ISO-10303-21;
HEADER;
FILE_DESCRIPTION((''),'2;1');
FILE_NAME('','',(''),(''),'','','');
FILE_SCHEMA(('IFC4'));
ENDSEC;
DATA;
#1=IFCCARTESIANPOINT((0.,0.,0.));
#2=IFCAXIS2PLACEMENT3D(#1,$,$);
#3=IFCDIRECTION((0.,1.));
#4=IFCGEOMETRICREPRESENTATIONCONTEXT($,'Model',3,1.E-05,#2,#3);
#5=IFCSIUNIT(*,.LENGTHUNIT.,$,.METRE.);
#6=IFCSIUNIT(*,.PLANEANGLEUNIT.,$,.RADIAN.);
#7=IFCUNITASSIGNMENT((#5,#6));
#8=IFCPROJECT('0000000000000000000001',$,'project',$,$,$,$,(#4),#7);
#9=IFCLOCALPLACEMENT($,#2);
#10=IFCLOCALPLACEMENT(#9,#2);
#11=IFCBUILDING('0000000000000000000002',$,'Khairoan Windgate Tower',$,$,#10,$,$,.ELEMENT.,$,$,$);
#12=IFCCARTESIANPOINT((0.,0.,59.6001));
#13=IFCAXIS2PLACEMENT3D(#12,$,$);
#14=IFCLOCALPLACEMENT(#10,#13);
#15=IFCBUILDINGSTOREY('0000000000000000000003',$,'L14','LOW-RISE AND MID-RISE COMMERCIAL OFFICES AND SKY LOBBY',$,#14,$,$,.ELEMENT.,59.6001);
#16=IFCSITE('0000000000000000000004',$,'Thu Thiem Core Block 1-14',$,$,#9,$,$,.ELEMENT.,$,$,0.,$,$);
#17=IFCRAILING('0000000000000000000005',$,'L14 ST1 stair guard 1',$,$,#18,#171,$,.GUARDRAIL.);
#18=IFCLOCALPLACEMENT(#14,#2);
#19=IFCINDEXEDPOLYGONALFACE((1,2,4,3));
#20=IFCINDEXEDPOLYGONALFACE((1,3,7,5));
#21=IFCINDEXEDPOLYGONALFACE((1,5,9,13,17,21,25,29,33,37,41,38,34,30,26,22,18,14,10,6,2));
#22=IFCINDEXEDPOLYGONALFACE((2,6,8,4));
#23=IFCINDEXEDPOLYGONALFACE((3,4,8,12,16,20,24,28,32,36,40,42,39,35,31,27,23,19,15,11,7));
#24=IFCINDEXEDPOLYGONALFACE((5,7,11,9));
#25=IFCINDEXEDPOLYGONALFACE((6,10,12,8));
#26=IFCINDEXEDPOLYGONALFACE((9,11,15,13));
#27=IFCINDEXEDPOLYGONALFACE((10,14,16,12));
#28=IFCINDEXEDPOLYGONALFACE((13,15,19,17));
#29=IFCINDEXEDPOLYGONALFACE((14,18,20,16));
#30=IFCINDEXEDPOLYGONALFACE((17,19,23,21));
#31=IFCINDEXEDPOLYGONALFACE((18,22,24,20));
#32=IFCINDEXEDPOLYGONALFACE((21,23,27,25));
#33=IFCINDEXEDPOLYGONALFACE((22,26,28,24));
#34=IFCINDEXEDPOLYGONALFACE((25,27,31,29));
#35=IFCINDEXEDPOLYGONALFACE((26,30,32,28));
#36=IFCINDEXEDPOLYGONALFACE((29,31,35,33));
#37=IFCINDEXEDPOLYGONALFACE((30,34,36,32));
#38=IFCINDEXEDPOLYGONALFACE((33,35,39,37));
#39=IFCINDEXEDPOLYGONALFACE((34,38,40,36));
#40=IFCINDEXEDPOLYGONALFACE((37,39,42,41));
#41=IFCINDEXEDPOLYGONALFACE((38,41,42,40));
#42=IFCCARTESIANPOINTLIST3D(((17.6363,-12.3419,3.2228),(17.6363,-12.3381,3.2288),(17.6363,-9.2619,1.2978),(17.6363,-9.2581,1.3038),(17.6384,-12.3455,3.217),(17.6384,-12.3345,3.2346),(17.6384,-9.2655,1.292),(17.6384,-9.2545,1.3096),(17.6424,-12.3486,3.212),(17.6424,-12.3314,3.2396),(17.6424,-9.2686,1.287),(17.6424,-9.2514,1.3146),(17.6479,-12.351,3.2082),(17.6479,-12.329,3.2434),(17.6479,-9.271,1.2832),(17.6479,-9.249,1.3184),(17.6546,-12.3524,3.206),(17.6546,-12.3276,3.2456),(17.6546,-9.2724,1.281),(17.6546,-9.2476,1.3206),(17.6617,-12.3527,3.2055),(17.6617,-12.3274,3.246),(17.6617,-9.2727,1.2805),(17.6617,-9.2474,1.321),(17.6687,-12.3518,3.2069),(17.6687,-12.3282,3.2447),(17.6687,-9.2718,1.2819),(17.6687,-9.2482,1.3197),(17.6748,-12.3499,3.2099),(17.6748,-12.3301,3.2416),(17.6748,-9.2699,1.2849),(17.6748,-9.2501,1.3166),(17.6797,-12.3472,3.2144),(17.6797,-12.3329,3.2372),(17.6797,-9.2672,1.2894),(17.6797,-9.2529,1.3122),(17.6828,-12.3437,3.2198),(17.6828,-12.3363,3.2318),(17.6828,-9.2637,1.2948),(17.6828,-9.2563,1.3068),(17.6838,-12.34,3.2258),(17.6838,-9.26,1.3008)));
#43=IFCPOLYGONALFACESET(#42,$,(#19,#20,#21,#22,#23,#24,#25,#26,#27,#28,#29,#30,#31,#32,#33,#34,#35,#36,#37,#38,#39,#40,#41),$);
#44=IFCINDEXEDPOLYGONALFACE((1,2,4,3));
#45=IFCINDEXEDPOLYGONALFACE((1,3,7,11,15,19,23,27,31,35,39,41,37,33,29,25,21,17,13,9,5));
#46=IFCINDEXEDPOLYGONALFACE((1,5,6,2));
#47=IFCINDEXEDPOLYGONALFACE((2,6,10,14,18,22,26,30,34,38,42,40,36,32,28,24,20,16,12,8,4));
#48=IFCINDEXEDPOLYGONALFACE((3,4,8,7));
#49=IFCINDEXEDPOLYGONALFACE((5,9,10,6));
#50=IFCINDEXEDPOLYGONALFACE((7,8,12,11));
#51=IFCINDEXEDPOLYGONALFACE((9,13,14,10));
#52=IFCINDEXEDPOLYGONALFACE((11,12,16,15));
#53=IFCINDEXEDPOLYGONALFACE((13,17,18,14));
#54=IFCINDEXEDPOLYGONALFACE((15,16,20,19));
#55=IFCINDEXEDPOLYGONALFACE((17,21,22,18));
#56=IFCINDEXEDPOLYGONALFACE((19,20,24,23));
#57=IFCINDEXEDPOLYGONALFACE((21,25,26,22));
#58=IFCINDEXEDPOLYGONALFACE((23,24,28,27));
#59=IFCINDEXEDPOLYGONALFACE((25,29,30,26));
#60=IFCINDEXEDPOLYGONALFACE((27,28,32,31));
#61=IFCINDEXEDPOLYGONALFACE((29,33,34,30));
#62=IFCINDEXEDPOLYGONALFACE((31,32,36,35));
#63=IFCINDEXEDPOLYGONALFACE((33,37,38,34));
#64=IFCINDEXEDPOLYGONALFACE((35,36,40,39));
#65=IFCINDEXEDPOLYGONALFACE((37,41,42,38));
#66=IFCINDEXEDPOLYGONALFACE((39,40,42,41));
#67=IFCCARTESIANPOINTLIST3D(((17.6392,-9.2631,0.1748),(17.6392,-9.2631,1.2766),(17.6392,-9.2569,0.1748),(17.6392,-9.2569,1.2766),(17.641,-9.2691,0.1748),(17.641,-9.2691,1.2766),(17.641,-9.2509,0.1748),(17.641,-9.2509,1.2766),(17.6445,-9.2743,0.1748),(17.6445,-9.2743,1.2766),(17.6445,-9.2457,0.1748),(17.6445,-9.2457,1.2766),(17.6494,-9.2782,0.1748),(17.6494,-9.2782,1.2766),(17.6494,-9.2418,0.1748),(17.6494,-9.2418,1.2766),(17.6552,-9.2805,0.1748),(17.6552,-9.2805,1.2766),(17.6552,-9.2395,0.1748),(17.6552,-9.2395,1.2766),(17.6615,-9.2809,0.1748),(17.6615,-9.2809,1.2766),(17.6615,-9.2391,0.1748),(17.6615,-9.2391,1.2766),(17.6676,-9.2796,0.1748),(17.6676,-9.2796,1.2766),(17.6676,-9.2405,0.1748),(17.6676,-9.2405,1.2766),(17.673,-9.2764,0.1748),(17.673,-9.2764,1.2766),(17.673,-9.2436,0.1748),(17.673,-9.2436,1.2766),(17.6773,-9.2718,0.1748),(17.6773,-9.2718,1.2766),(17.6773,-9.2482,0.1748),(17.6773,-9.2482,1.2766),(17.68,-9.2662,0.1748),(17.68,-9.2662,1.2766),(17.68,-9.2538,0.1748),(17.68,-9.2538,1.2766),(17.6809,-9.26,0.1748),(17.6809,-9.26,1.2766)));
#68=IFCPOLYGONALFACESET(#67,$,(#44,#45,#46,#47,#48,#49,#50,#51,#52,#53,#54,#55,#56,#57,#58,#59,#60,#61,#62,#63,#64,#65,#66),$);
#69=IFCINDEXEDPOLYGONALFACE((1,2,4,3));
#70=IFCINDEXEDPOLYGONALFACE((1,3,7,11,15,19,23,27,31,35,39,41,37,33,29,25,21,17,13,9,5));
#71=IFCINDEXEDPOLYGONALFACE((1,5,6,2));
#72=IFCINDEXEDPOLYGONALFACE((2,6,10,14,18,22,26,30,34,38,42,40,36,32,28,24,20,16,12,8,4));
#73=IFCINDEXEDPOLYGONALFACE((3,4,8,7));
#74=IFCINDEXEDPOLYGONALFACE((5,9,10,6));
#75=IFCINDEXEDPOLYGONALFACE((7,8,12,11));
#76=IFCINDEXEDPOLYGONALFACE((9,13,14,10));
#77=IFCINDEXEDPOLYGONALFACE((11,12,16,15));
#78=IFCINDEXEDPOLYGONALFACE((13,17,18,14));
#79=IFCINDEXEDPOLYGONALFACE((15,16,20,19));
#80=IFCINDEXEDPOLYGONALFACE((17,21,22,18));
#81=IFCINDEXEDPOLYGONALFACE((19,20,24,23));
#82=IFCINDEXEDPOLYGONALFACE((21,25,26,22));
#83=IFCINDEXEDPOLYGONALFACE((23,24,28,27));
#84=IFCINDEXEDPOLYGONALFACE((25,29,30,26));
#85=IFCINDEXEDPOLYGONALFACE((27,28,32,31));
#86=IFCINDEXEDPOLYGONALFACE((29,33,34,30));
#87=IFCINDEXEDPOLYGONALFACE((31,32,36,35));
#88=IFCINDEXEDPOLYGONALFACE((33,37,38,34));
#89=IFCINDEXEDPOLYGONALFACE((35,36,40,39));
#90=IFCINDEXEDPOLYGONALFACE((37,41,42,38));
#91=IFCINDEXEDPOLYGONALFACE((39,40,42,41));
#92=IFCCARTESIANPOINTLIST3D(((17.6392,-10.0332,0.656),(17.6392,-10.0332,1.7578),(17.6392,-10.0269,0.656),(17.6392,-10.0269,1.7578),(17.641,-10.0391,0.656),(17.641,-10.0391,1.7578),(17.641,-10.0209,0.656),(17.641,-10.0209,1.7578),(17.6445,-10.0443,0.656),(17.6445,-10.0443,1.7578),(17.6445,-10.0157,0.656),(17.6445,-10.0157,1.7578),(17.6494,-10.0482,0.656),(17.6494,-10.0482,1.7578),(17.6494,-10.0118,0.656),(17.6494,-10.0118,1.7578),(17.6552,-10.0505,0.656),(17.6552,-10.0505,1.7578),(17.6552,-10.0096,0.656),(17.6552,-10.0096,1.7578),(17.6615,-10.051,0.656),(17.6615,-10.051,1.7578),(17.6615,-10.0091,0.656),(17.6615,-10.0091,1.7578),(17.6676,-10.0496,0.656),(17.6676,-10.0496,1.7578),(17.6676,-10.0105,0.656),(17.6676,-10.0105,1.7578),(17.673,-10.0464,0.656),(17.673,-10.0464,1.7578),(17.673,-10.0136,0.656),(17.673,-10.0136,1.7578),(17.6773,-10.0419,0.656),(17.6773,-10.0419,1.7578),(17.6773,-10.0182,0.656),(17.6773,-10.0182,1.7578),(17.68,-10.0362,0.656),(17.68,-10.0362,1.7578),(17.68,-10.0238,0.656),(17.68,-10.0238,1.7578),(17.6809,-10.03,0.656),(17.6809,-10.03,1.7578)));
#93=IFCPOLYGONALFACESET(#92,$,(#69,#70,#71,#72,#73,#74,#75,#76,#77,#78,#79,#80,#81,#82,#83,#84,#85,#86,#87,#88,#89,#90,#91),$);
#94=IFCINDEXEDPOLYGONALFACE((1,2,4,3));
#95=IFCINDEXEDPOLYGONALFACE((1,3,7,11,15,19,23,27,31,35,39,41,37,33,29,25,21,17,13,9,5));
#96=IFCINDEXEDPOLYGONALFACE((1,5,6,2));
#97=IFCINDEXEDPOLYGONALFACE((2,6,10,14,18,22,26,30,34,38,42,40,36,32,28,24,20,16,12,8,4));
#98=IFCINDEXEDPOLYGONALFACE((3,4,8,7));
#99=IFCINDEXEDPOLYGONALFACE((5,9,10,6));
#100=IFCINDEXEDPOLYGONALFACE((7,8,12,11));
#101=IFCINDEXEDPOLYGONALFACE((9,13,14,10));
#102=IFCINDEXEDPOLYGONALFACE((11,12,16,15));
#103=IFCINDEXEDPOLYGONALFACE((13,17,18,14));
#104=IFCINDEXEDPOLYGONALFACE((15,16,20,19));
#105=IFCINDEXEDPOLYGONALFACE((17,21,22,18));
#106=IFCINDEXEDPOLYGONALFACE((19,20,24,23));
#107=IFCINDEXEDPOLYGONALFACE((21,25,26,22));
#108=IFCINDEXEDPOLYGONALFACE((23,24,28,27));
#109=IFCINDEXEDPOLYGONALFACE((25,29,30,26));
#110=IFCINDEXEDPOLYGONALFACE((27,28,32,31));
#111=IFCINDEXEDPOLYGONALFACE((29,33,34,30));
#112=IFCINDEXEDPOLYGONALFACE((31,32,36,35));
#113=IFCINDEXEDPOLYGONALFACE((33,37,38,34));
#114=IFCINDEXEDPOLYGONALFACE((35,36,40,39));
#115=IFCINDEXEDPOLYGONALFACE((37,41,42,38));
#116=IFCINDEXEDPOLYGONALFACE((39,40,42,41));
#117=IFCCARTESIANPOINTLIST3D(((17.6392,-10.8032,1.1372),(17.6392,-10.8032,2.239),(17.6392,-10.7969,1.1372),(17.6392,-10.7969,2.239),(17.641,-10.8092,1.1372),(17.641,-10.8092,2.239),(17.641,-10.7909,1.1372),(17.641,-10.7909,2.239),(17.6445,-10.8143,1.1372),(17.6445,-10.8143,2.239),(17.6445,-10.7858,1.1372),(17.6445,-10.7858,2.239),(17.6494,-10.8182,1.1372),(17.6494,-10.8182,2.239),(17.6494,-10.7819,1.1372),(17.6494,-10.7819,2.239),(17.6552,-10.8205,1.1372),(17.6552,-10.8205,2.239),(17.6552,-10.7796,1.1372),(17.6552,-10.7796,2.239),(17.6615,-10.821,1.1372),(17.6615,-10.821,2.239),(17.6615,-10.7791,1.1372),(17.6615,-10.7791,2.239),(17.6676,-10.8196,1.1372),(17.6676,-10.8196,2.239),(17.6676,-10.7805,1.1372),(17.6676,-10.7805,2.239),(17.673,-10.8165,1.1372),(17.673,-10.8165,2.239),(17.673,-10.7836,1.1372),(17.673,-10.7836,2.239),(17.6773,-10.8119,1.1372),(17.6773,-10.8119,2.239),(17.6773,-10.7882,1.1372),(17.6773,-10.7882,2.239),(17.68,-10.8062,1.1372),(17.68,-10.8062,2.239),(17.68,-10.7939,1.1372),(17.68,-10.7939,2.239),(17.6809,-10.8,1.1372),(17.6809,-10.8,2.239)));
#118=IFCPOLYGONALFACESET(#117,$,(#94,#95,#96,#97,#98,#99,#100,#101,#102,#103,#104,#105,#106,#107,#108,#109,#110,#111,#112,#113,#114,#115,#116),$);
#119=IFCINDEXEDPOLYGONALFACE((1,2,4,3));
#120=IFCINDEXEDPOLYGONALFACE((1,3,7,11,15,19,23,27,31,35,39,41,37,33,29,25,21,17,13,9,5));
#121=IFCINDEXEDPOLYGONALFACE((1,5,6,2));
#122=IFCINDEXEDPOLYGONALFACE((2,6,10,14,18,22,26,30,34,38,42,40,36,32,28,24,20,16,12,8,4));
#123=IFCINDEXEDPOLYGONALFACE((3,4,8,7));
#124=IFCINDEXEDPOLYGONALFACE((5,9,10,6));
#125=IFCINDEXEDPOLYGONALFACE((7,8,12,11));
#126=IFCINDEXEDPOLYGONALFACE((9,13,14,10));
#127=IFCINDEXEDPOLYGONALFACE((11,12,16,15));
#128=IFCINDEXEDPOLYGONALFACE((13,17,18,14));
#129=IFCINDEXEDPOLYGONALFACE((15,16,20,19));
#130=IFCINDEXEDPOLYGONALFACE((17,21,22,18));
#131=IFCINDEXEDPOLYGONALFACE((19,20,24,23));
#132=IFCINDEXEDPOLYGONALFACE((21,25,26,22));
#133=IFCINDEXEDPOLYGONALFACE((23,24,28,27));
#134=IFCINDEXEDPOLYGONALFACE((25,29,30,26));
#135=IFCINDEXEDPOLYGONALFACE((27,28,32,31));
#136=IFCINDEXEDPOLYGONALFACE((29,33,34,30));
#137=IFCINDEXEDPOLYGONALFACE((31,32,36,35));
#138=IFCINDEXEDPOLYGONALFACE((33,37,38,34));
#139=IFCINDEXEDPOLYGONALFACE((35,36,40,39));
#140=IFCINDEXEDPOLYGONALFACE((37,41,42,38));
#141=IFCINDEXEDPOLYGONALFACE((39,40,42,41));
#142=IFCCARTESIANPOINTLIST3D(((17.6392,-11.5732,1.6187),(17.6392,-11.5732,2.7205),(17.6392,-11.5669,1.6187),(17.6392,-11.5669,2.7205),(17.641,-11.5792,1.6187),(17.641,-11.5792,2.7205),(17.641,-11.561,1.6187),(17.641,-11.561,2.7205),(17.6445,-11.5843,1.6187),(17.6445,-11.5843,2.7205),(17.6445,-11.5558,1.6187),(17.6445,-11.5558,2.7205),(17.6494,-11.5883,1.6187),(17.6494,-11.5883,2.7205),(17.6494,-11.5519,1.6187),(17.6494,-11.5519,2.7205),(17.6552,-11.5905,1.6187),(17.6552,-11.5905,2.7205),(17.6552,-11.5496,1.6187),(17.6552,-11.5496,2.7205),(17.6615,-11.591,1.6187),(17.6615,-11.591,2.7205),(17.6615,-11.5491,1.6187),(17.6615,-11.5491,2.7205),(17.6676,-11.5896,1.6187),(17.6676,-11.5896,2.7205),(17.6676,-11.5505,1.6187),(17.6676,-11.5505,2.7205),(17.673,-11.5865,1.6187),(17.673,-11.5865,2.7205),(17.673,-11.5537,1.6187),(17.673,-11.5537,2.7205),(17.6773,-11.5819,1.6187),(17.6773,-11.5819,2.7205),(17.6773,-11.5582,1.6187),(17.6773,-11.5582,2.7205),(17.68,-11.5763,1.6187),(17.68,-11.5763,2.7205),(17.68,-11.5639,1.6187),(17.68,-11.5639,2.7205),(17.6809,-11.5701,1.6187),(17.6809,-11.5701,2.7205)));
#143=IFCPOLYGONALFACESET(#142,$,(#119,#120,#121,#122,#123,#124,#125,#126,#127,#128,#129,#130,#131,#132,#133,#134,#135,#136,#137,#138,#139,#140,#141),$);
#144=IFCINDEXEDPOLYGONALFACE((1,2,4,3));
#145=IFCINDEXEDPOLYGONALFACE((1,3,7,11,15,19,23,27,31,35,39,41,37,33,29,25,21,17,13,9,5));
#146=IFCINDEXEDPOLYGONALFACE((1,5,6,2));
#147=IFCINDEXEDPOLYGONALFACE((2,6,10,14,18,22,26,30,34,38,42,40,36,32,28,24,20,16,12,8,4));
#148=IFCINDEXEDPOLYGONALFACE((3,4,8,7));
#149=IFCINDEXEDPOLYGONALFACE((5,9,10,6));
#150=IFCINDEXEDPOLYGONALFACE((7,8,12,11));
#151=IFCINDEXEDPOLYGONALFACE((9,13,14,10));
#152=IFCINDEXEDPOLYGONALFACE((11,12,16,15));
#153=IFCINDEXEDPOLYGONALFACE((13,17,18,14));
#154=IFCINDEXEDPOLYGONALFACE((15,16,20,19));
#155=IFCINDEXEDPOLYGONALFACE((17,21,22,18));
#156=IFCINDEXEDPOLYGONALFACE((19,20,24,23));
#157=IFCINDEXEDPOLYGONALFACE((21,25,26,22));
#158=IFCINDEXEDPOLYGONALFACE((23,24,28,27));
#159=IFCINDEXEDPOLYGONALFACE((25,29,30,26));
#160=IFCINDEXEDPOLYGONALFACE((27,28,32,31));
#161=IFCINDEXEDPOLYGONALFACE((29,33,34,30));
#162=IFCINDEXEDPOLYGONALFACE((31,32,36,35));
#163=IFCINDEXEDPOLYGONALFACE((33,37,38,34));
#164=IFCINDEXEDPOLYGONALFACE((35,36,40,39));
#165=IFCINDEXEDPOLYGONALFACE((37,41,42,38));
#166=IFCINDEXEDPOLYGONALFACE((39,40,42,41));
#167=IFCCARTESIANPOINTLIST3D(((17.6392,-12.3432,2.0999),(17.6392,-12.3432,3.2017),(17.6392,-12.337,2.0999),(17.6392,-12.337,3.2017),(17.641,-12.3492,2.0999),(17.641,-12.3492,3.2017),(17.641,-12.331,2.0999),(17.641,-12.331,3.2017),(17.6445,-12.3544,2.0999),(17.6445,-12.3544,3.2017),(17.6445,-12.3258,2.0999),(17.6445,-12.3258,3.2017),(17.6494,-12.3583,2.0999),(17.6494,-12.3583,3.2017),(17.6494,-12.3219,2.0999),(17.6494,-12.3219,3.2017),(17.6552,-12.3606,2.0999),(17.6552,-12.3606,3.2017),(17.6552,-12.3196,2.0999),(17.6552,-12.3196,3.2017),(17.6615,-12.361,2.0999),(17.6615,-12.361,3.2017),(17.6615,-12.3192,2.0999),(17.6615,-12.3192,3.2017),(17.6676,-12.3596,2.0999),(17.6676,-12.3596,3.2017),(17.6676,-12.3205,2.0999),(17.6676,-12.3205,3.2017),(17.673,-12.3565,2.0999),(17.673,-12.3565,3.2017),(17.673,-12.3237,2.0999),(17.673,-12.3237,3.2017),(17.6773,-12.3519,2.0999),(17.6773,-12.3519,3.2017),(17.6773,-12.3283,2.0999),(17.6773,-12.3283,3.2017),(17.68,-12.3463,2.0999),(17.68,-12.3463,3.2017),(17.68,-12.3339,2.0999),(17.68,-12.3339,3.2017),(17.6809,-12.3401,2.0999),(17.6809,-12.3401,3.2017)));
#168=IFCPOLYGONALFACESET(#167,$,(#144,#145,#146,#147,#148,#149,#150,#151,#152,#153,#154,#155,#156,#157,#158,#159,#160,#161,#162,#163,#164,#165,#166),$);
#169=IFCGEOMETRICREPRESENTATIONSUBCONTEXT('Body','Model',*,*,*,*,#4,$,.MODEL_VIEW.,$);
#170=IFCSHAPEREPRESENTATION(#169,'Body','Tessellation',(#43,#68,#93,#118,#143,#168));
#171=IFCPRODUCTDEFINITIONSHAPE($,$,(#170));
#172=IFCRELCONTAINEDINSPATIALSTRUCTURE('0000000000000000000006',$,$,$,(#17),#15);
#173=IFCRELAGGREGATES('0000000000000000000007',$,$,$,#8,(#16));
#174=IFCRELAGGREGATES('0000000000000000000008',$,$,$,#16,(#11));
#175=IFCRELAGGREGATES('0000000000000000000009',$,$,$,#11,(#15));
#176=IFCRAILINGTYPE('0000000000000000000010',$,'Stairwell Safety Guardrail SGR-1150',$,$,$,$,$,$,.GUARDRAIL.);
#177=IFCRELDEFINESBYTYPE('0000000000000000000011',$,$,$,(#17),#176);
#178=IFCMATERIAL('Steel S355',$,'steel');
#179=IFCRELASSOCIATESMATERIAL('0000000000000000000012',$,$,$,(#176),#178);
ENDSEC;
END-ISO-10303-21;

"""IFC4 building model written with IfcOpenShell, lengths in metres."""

from ifc_helpers import new_model, si_unit, direction, frame, origin, origin_2d, place, context, subcontext, project, spatial, circle, extrude, material, type_object, element, save


model = new_model("IFC4")

# Units and contexts
model_context = context("Model", 3, precision=1e-05, world=origin(), true_north=direction((0.0, 1.0)))
body_context = subcontext(model_context, "Body", "Model", "MODEL_VIEW")
ifc_project = project(units=[si_unit("LENGTHUNIT", "METRE"), si_unit("PLANEANGLEUNIT", "RADIAN")], contexts=[model_context])

# Site, building, storey
site_placement = place(None, origin())
site = spatial("IfcSite", under=ifc_project, at=site_placement, Name="Thu Thiem Core Block 1-14", CompositionType="ELEMENT", RefElevation=0.0)
building_placement = place(site_placement, origin())
building = spatial("IfcBuilding", under=site, at=building_placement, Name="Khairoan Windgate Tower", CompositionType="ELEMENT")
storey_placement = place(building_placement, frame((0.0, 0.0, 59.6001)))
storey = spatial("IfcBuildingStorey", under=building, at=storey_placement, Name="L14", Description="LOW-RISE AND MID-RISE COMMERCIAL OFFICES AND SKY LOBBY", CompositionType="ELEMENT", Elevation=59.6001)

# Railing
ifc_material_1 = material(Name="Steel S355", Category="steel")
railing_type_1 = type_object("IfcRailingType", Name="Stairwell Safety Guardrail SGR-1150", PredefinedType="GUARDRAIL", material=ifc_material_1)
railing_1_placement = place(storey_placement, frame((17.6599, -9.26, 0.1748)))
element("IfcRailing", 1, at=railing_1_placement, inside=storey, type_object=railing_type_1, Name="L14 ST1 stair guard 1", PredefinedType="GUARDRAIL", context=body_context, shape_type="SweptSolid", body=[
    extrude(circle(Radius=0.0239, at=origin_2d()), frame((0.0, 0.0, 1.126), z_axis=(0.0, -0.847998, 0.529999), x_axis=(1.0, 0.0, 0.0)), (0.0, 0.0, 1.0), 3.6321),
    extrude(circle(Radius=0.021, at=origin_2d()), origin(), (0.0, 0.0, 1.0), 1.1018),
    extrude(circle(Radius=0.021, at=origin_2d()), frame((0.0, -0.77, 0.4812)), (0.0, 0.0, 1.0), 1.1018),
    extrude(circle(Radius=0.021, at=origin_2d()), frame((0.0, -1.54, 0.9624)), (0.0, 0.0, 1.0), 1.1018),
    extrude(circle(Radius=0.021, at=origin_2d()), frame((0.0, -2.3101, 1.4438)), (0.0, 0.0, 1.0), 1.1018),
    extrude(circle(Radius=0.021, at=origin_2d()), frame((0.0, -3.0801, 1.925)), (0.0, 0.0, 1.0), 1.1018),
])

save(model, "model.ifc")
